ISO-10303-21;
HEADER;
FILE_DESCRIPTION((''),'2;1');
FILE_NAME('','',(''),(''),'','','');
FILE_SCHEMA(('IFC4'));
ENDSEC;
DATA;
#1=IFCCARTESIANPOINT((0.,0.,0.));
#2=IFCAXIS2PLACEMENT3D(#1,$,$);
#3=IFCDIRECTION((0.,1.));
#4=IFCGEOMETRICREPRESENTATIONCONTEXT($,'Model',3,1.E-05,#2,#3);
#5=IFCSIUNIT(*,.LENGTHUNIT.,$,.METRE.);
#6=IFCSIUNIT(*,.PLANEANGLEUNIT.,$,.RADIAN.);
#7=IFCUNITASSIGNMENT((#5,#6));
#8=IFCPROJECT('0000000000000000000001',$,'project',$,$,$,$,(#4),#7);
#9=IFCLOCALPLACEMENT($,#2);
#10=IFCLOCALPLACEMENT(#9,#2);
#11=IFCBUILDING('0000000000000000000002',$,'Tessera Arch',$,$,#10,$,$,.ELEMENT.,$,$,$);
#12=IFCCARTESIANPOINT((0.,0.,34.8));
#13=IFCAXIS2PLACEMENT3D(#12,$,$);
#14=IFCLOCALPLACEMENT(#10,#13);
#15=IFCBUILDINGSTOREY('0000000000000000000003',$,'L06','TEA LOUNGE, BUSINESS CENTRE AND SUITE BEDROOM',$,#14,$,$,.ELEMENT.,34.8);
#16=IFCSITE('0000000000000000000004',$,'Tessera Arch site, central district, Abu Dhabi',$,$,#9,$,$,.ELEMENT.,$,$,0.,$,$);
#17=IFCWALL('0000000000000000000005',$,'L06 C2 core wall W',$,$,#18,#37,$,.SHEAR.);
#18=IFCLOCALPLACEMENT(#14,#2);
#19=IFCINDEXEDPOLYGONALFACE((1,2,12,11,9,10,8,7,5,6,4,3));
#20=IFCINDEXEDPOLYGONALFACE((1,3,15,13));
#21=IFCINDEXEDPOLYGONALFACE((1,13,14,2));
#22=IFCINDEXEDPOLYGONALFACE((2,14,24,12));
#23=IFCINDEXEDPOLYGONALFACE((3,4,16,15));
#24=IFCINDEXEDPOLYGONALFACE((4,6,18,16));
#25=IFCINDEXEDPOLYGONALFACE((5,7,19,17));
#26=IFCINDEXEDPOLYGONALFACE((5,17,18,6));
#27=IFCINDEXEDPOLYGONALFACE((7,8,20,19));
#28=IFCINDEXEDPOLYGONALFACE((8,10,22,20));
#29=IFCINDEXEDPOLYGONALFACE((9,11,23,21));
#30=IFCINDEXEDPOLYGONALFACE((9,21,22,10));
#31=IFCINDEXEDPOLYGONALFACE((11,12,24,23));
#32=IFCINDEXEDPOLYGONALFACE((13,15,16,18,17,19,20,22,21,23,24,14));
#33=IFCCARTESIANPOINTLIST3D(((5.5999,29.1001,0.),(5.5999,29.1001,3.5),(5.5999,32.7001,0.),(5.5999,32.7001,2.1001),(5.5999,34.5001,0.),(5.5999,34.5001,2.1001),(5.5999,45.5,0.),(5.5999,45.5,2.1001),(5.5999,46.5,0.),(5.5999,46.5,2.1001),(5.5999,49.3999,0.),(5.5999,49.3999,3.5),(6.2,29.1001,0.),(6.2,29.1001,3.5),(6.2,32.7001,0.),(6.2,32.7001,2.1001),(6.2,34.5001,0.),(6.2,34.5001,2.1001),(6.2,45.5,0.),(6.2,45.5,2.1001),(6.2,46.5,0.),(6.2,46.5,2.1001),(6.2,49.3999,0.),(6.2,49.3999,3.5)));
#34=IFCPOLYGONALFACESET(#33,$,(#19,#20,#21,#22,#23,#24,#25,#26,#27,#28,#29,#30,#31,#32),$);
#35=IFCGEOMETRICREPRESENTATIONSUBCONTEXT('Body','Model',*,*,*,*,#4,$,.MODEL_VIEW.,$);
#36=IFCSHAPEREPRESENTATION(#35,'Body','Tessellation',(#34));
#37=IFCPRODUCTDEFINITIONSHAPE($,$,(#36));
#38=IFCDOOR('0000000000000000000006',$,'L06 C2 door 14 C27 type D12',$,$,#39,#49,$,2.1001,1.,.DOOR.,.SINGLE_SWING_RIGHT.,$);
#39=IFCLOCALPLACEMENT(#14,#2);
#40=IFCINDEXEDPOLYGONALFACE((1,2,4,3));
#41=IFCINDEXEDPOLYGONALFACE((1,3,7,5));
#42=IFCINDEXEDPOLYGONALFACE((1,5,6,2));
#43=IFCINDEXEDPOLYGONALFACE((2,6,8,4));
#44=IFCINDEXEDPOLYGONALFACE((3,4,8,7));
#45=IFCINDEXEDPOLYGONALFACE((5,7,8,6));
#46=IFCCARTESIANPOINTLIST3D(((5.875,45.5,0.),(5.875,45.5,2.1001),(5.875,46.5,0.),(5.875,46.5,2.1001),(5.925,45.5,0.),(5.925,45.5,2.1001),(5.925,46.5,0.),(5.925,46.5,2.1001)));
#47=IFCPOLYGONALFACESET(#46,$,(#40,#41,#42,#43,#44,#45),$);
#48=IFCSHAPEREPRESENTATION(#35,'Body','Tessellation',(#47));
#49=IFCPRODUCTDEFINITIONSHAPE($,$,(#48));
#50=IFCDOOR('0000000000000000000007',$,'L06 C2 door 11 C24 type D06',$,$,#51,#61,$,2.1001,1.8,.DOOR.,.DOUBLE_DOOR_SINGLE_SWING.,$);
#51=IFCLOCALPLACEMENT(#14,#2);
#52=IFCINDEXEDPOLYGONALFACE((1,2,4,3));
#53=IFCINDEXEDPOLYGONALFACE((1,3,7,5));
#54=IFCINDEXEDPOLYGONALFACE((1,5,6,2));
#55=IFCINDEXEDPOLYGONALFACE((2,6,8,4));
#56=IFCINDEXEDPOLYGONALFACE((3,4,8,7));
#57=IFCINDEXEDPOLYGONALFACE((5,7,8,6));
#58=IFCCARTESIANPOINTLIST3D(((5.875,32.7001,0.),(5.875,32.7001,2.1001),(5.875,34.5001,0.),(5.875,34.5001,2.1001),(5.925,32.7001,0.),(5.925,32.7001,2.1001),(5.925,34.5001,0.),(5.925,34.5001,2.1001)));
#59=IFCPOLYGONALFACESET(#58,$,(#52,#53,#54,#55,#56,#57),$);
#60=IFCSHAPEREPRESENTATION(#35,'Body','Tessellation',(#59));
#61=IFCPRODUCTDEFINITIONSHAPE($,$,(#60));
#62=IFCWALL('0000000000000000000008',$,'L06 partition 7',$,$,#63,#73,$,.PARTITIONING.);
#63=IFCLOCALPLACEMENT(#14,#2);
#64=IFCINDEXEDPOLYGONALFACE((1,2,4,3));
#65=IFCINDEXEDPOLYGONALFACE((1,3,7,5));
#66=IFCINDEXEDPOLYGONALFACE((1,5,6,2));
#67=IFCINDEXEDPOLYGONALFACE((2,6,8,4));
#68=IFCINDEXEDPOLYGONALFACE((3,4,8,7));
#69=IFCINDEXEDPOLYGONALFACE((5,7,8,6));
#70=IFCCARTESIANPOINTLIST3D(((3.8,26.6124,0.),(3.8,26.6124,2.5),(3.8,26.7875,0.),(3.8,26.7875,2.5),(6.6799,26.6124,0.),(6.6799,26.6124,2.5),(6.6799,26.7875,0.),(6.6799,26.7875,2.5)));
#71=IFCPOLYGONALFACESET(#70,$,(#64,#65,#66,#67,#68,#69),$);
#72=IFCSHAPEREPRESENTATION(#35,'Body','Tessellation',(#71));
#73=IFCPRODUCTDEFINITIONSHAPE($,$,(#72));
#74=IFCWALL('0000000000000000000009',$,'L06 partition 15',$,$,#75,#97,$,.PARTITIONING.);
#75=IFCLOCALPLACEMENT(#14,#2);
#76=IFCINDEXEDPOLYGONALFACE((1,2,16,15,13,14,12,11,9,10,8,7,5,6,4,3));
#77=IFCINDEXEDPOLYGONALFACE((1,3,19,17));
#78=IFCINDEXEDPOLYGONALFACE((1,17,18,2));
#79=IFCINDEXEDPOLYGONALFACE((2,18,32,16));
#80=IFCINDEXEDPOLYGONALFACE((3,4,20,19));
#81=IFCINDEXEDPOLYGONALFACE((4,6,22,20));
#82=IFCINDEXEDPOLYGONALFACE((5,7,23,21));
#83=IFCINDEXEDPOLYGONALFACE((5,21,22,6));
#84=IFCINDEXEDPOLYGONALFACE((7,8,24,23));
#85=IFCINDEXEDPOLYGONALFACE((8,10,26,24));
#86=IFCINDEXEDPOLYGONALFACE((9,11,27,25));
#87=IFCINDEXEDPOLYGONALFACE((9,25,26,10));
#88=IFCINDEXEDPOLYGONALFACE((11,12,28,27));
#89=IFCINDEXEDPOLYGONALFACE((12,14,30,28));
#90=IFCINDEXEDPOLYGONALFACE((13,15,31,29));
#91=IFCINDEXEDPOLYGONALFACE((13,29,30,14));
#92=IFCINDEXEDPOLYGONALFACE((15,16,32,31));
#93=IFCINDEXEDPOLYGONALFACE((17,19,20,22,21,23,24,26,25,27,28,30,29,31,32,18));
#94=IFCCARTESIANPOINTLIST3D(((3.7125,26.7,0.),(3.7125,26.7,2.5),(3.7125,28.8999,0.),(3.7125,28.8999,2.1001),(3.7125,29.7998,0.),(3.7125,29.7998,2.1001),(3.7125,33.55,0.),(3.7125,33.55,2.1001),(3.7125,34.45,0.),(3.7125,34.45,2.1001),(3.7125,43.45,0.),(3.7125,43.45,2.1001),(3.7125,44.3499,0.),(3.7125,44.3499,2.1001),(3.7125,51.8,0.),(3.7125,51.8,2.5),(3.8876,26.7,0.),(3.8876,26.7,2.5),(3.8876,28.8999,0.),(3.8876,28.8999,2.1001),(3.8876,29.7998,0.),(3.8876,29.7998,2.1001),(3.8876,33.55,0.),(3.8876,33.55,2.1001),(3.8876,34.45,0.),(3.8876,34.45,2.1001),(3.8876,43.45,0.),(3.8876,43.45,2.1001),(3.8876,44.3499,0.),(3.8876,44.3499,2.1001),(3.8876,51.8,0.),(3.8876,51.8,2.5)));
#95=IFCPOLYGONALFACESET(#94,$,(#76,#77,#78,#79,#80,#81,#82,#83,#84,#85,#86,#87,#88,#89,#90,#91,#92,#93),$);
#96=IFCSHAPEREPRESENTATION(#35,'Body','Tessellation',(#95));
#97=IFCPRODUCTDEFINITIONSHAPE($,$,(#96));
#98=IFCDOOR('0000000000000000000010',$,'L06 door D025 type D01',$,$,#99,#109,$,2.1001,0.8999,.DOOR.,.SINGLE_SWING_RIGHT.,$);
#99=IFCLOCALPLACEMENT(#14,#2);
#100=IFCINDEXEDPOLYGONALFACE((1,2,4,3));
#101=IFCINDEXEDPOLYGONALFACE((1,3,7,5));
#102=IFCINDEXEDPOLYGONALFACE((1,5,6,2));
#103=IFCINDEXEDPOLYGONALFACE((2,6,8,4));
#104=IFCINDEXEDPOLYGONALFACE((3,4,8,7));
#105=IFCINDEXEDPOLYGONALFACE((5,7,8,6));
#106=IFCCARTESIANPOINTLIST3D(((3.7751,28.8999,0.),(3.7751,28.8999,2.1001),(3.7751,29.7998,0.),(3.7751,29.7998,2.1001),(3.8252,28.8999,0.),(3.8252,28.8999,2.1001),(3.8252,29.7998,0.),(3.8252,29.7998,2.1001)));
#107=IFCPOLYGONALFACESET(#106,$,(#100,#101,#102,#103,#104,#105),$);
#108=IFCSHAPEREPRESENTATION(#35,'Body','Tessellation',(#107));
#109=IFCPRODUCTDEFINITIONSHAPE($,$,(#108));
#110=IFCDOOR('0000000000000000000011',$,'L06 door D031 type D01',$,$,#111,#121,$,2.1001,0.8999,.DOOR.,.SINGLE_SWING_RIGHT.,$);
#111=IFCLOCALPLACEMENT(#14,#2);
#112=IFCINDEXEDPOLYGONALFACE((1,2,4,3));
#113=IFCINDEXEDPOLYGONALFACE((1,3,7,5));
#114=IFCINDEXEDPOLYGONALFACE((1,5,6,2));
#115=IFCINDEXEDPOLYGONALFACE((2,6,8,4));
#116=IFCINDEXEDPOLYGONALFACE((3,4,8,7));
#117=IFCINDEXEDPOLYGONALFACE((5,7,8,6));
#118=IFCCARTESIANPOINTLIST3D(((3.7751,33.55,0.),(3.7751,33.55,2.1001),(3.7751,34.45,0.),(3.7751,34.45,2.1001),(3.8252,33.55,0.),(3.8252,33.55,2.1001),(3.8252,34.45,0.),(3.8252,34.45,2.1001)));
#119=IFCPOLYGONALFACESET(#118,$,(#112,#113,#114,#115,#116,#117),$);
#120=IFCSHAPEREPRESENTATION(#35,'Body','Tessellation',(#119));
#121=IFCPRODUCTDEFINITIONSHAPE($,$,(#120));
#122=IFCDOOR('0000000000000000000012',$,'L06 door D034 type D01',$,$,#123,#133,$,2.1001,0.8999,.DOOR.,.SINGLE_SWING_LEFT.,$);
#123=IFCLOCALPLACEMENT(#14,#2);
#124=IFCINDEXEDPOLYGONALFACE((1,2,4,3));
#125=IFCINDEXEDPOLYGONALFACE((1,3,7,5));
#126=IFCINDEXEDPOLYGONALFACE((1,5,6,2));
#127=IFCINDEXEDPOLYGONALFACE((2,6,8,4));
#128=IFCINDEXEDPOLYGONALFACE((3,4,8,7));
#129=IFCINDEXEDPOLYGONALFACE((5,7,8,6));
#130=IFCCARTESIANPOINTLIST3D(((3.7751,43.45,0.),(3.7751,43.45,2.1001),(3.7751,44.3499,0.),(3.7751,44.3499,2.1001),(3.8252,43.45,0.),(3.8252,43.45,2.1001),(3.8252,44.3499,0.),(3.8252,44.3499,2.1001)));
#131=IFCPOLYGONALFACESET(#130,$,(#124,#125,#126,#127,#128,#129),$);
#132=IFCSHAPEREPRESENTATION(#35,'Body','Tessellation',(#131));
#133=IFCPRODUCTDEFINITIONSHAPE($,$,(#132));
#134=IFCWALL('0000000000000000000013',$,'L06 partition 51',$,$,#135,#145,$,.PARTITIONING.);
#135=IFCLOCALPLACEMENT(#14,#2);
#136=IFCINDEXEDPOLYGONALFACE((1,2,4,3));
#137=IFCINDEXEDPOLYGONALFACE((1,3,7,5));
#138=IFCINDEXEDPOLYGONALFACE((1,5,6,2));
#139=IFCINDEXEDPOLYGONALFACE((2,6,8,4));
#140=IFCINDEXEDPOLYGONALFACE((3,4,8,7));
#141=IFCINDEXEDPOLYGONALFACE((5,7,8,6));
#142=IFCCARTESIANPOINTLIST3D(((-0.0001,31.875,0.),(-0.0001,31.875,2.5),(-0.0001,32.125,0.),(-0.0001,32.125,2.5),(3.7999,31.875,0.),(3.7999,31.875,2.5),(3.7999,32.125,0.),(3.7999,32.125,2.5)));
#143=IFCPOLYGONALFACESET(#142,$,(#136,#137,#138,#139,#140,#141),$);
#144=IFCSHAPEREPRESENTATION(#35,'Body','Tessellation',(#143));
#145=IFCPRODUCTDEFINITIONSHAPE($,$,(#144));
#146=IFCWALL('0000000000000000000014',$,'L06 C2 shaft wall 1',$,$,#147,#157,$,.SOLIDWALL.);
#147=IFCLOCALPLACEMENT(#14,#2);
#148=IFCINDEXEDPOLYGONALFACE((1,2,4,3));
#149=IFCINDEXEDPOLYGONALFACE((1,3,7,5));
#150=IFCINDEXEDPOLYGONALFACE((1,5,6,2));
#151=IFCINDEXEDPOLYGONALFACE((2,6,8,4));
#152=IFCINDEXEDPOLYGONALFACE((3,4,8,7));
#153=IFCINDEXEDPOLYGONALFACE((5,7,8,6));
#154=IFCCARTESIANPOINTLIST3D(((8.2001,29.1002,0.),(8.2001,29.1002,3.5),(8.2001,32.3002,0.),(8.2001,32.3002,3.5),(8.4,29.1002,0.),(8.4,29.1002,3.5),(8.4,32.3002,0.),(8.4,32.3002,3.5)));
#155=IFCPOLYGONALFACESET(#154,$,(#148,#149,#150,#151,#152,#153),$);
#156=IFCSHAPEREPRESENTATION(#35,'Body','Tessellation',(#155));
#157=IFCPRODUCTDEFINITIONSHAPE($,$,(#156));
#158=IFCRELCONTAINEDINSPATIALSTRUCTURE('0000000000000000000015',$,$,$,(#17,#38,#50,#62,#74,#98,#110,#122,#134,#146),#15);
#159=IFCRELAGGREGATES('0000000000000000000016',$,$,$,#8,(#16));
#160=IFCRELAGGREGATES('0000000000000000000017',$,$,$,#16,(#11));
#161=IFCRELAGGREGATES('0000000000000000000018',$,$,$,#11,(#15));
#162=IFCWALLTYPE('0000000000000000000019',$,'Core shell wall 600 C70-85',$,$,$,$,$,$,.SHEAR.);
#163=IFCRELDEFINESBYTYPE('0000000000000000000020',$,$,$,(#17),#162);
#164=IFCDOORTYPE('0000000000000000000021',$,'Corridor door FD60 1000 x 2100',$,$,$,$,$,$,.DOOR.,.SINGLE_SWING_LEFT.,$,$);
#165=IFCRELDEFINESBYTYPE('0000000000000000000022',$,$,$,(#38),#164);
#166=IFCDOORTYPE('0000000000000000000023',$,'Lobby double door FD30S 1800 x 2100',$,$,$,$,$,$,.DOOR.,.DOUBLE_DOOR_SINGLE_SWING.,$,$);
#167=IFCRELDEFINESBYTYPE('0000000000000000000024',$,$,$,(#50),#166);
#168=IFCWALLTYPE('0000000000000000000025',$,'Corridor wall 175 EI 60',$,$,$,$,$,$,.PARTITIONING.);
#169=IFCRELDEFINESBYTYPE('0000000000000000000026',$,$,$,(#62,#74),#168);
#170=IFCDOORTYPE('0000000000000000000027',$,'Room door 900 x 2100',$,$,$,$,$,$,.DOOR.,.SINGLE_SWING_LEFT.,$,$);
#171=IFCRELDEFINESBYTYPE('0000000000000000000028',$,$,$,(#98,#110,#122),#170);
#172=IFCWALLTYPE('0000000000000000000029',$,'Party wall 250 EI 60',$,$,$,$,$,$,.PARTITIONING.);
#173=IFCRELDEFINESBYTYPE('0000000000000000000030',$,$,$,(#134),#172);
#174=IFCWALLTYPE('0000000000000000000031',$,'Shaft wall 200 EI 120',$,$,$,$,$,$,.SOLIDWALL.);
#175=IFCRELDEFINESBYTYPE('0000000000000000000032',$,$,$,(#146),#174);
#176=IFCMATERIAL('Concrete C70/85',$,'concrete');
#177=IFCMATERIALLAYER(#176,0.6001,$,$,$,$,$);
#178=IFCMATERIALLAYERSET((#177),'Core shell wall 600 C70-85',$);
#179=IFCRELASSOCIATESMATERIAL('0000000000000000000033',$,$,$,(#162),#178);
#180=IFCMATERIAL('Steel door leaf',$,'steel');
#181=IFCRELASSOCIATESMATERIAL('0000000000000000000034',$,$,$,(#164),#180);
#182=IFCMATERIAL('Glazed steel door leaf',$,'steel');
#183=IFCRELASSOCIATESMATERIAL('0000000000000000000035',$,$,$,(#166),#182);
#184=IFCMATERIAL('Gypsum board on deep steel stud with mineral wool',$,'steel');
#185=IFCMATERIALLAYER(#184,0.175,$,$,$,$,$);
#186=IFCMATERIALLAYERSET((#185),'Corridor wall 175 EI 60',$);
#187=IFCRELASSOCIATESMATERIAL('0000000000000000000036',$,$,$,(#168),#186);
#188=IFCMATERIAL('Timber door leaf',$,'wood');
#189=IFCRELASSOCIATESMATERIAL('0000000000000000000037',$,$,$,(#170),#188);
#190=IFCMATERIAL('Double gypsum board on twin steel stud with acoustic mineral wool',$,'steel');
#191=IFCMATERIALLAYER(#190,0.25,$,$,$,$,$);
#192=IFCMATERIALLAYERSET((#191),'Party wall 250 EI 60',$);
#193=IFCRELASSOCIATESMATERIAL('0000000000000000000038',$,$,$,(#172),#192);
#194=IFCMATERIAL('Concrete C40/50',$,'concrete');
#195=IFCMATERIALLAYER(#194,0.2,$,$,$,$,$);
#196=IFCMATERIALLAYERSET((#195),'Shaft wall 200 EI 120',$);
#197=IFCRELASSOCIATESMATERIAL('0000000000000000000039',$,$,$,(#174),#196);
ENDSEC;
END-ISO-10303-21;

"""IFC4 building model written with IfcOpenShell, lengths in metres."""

from ifc_helpers import new_model, si_unit, direction, frame, frame_2d, origin, place, context, subcontext, project, spatial, rectangle, extrude, material, layer, layer_set, type_object, element, fill, save


model = new_model("IFC4")

# Units and contexts
model_context = context("Model", 3, precision=1e-05, world=origin(), true_north=direction((0.0, 1.0)))
body_context = subcontext(model_context, "Body", "Model", "MODEL_VIEW")
ifc_project = project(units=[si_unit("LENGTHUNIT", "METRE"), si_unit("PLANEANGLEUNIT", "RADIAN")], contexts=[model_context])

# Site, building, storey
site_placement = place(None, origin())
site = spatial("IfcSite", under=ifc_project, at=site_placement, Name="Tessera Arch site, central district, Abu Dhabi", CompositionType="ELEMENT", RefElevation=0.0)
building_placement = place(site_placement, origin())
building = spatial("IfcBuilding", under=site, at=building_placement, Name="Tessera Arch", CompositionType="ELEMENT")
storey_placement = place(building_placement, frame((0.0, 0.0, 34.8)))
storey = spatial("IfcBuildingStorey", under=building, at=storey_placement, Name="L06", Description="TEA LOUNGE, BUSINESS CENTRE AND SUITE BEDROOM", CompositionType="ELEMENT", Elevation=34.8)

# Wall, openings, doors
ifc_material_1 = material(Name="Concrete C70/85", Category="concrete")
ifc_layer_1 = layer(ifc_material_1, 0.6001)
ifc_layer_set_1 = layer_set([ifc_layer_1], Name="Core shell wall 600 C70-85")
wall_type_1 = type_object("IfcWallType", Name="Core shell wall 600 C70-85", PredefinedType="SHEAR", material=ifc_layer_set_1)
wall_1_placement = place(storey_placement, frame((5.8999, 29.1001, 0.0), z_axis=(0.0, 0.0, 1.0), x_axis=(0.0, 1.0, 0.0)))
wall_1 = element("IfcWall", 1, at=wall_1_placement, inside=storey, type_object=wall_type_1, Name="L06 C2 core wall W", PredefinedType="SHEAR", context=body_context, shape_type="SweptSolid", body=[
    extrude(rectangle(XDim=20.2998, YDim=0.6001, at=frame_2d((10.1499, 0.0))), origin(), (0.0, 0.0, 1.0), 3.5),
])
opening_1_placement = place(wall_1_placement, frame((3.6001, 0.0, 0.0)))
opening_1 = element("IfcOpeningElement", 2, at=opening_1_placement, cuts=wall_1, PredefinedType="OPENING", context=body_context, shape_type="SweptSolid", body=[
    extrude(rectangle(XDim=1.8, YDim=2.1001, at=frame_2d((0.8999, 1.05))), frame((0.0, 0.3101, 0.0), z_axis=(0.0, -1.0, 0.0), x_axis=(1.0, 0.0, 0.0)), (0.0, 0.0, 1.0), 0.6201),
])
opening_2_placement = place(wall_1_placement, frame((16.3999, 0.0, 0.0)))
opening_2 = element("IfcOpeningElement", 3, at=opening_2_placement, cuts=wall_1, PredefinedType="OPENING", context=body_context, shape_type="SweptSolid", body=[
    extrude(rectangle(XDim=1.0, YDim=2.1001, at=frame_2d((0.5, 1.05))), frame((0.0, 0.3101, 0.0), z_axis=(0.0, -1.0, 0.0), x_axis=(1.0, 0.0, 0.0)), (0.0, 0.0, 1.0), 0.6201),
])
ifc_material_2 = material(Name="Steel door leaf", Category="steel")
door_type_1 = type_object("IfcDoorType", Name="Corridor door FD60 1000 x 2100", OperationType="SINGLE_SWING_LEFT", PredefinedType="DOOR", material=ifc_material_2)
door_1_placement = place(opening_2_placement, origin())
door_1 = element("IfcDoor", 4, at=door_1_placement, inside=storey, type_object=door_type_1, Name="L06 C2 door 14 C27 type D12", OperationType="SINGLE_SWING_RIGHT", OverallHeight=2.1001, OverallWidth=1.0, PredefinedType="DOOR", context=body_context, shape_type="SweptSolid", body=[
    extrude(rectangle(XDim=1.0, YDim=2.1001, at=frame_2d((0.5, 1.05))), frame((0.0, 0.0249, 0.0), z_axis=(0.0, -1.0, 0.0), x_axis=(1.0, 0.0, 0.0)), (0.0, 0.0, 1.0), 0.05),
])
fill(opening_2, door_1)
ifc_material_3 = material(Name="Glazed steel door leaf", Category="steel")
door_type_2 = type_object("IfcDoorType", Name="Lobby double door FD30S 1800 x 2100", OperationType="DOUBLE_DOOR_SINGLE_SWING", PredefinedType="DOOR", material=ifc_material_3)
door_2_placement = place(opening_1_placement, origin())
door_2 = element("IfcDoor", 5, at=door_2_placement, inside=storey, type_object=door_type_2, Name="L06 C2 door 11 C24 type D06", OperationType="DOUBLE_DOOR_SINGLE_SWING", OverallHeight=2.1001, OverallWidth=1.8, PredefinedType="DOOR", context=body_context, shape_type="SweptSolid", body=[
    extrude(rectangle(XDim=1.8, YDim=2.1001, at=frame_2d((0.8999, 1.05))), frame((0.0, 0.0249, 0.0), z_axis=(0.0, -1.0, 0.0), x_axis=(1.0, 0.0, 0.0)), (0.0, 0.0, 1.0), 0.05),
])
fill(opening_1, door_2)

# Wall
ifc_material_4 = material(Name="Gypsum board on deep steel stud with mineral wool", Category="steel")
ifc_layer_2 = layer(ifc_material_4, 0.175)
ifc_layer_set_2 = layer_set([ifc_layer_2], Name="Corridor wall 175 EI 60")
wall_type_2 = type_object("IfcWallType", Name="Corridor wall 175 EI 60", PredefinedType="PARTITIONING", material=ifc_layer_set_2)
wall_2_placement = place(storey_placement, frame((3.8, 26.7, 0.0), z_axis=(0.0, 0.0, 1.0), x_axis=(1.0, 0.0, 0.0)))
element("IfcWall", 6, at=wall_2_placement, inside=storey, type_object=wall_type_2, Name="L06 partition 7", PredefinedType="PARTITIONING", context=body_context, shape_type="SweptSolid", body=[
    extrude(rectangle(XDim=2.8799, YDim=0.175, at=frame_2d((1.4399, 0.0))), origin(), (0.0, 0.0, 1.0), 2.5),
])

# Wall, openings, doors
wall_3_placement = place(storey_placement, frame((3.8, 26.7, 0.0), z_axis=(0.0, 0.0, 1.0), x_axis=(0.0, 1.0, 0.0)))
wall_3 = element("IfcWall", 7, at=wall_3_placement, inside=storey, type_object=wall_type_2, Name="L06 partition 15", PredefinedType="PARTITIONING", context=body_context, shape_type="SweptSolid", body=[
    extrude(rectangle(XDim=25.1001, YDim=0.175, at=frame_2d((12.55, 0.0))), origin(), (0.0, 0.0, 1.0), 2.5),
])
opening_3_placement = place(wall_3_placement, frame((2.2, 0.0, 0.0)))
opening_3 = element("IfcOpeningElement", 8, at=opening_3_placement, cuts=wall_3, PredefinedType="OPENING", context=body_context, shape_type="SweptSolid", body=[
    extrude(rectangle(XDim=0.8999, YDim=2.1001, at=frame_2d((0.45, 1.05))), frame((0.0, 0.0974, 0.0), z_axis=(0.0, -1.0, 0.0), x_axis=(1.0, 0.0, 0.0)), (0.0, 0.0, 1.0), 0.1951),
])
opening_4_placement = place(wall_3_placement, frame((6.8501, 0.0, 0.0)))
opening_4 = element("IfcOpeningElement", 9, at=opening_4_placement, cuts=wall_3, PredefinedType="OPENING", context=body_context, shape_type="SweptSolid", body=[
    extrude(rectangle(XDim=0.8999, YDim=2.1001, at=frame_2d((0.45, 1.05))), frame((0.0, 0.0974, 0.0), z_axis=(0.0, -1.0, 0.0), x_axis=(1.0, 0.0, 0.0)), (0.0, 0.0, 1.0), 0.1951),
])
opening_5_placement = place(wall_3_placement, frame((16.75, 0.0, 0.0)))
opening_5 = element("IfcOpeningElement", 10, at=opening_5_placement, cuts=wall_3, PredefinedType="OPENING", context=body_context, shape_type="SweptSolid", body=[
    extrude(rectangle(XDim=0.8999, YDim=2.1001, at=frame_2d((0.45, 1.05))), frame((0.0, 0.0974, 0.0), z_axis=(0.0, -1.0, 0.0), x_axis=(1.0, 0.0, 0.0)), (0.0, 0.0, 1.0), 0.1951),
])
ifc_material_5 = material(Name="Timber door leaf", Category="wood")
door_type_3 = type_object("IfcDoorType", Name="Room door 900 x 2100", OperationType="SINGLE_SWING_LEFT", PredefinedType="DOOR", material=ifc_material_5)
door_3_placement = place(opening_3_placement, origin())
door_3 = element("IfcDoor", 11, at=door_3_placement, inside=storey, type_object=door_type_3, Name="L06 door D025 type D01", OperationType="SINGLE_SWING_RIGHT", OverallHeight=2.1001, OverallWidth=0.8999, PredefinedType="DOOR", context=body_context, shape_type="SweptSolid", body=[
    extrude(rectangle(XDim=0.8999, YDim=2.1001, at=frame_2d((0.45, 1.05))), frame((0.0, 0.0249, 0.0), z_axis=(0.0, -1.0, 0.0), x_axis=(1.0, 0.0, 0.0)), (0.0, 0.0, 1.0), 0.05),
])
fill(opening_3, door_3)
door_4_placement = place(opening_4_placement, origin())
door_4 = element("IfcDoor", 12, at=door_4_placement, inside=storey, type_object=door_type_3, Name="L06 door D031 type D01", OperationType="SINGLE_SWING_RIGHT", OverallHeight=2.1001, OverallWidth=0.8999, PredefinedType="DOOR", context=body_context, shape_type="SweptSolid", body=[
    extrude(rectangle(XDim=0.8999, YDim=2.1001, at=frame_2d((0.45, 1.05))), frame((0.0, 0.0249, 0.0), z_axis=(0.0, -1.0, 0.0), x_axis=(1.0, 0.0, 0.0)), (0.0, 0.0, 1.0), 0.05),
])
fill(opening_4, door_4)
door_5_placement = place(opening_5_placement, origin())
door_5 = element("IfcDoor", 13, at=door_5_placement, inside=storey, type_object=door_type_3, Name="L06 door D034 type D01", OperationType="SINGLE_SWING_LEFT", OverallHeight=2.1001, OverallWidth=0.8999, PredefinedType="DOOR", context=body_context, shape_type="SweptSolid", body=[
    extrude(rectangle(XDim=0.8999, YDim=2.1001, at=frame_2d((0.45, 1.05))), frame((0.0, 0.0249, 0.0), z_axis=(0.0, -1.0, 0.0), x_axis=(1.0, 0.0, 0.0)), (0.0, 0.0, 1.0), 0.05),
])
fill(opening_5, door_5)

# Walls
ifc_material_6 = material(Name="Double gypsum board on twin steel stud with acoustic mineral wool", Category="steel")
ifc_layer_3 = layer(ifc_material_6, 0.25)
ifc_layer_set_3 = layer_set([ifc_layer_3], Name="Party wall 250 EI 60")
wall_type_3 = type_object("IfcWallType", Name="Party wall 250 EI 60", PredefinedType="PARTITIONING", material=ifc_layer_set_3)
wall_4_placement = place(storey_placement, frame((0.0, 32.0, 0.0), z_axis=(0.0, 0.0, 1.0), x_axis=(1.0, 0.0, 0.0)))
element("IfcWall", 14, at=wall_4_placement, inside=storey, type_object=wall_type_3, Name="L06 partition 51", PredefinedType="PARTITIONING", context=body_context, shape_type="SweptSolid", body=[
    extrude(rectangle(XDim=3.8, YDim=0.25, at=frame_2d((1.8999, 0.0))), origin(), (0.0, 0.0, 1.0), 2.5),
])
ifc_material_7 = material(Name="Concrete C40/50", Category="concrete")
ifc_layer_4 = layer(ifc_material_7, 0.2)
ifc_layer_set_4 = layer_set([ifc_layer_4], Name="Shaft wall 200 EI 120")
wall_type_4 = type_object("IfcWallType", Name="Shaft wall 200 EI 120", PredefinedType="SOLIDWALL", material=ifc_layer_set_4)
wall_5_placement = place(storey_placement, frame((8.3, 29.1001, 0.0), z_axis=(0.0, 0.0, 1.0), x_axis=(0.0, 1.0, 0.0)))
element("IfcWall", 15, at=wall_5_placement, inside=storey, type_object=wall_type_4, Name="L06 C2 shaft wall 1", PredefinedType="SOLIDWALL", context=body_context, shape_type="SweptSolid", body=[
    extrude(rectangle(XDim=3.2, YDim=0.2, at=frame_2d((1.6001, 0.0))), origin(), (0.0, 0.0, 1.0), 3.5),
])

save(model, "model.ifc")
